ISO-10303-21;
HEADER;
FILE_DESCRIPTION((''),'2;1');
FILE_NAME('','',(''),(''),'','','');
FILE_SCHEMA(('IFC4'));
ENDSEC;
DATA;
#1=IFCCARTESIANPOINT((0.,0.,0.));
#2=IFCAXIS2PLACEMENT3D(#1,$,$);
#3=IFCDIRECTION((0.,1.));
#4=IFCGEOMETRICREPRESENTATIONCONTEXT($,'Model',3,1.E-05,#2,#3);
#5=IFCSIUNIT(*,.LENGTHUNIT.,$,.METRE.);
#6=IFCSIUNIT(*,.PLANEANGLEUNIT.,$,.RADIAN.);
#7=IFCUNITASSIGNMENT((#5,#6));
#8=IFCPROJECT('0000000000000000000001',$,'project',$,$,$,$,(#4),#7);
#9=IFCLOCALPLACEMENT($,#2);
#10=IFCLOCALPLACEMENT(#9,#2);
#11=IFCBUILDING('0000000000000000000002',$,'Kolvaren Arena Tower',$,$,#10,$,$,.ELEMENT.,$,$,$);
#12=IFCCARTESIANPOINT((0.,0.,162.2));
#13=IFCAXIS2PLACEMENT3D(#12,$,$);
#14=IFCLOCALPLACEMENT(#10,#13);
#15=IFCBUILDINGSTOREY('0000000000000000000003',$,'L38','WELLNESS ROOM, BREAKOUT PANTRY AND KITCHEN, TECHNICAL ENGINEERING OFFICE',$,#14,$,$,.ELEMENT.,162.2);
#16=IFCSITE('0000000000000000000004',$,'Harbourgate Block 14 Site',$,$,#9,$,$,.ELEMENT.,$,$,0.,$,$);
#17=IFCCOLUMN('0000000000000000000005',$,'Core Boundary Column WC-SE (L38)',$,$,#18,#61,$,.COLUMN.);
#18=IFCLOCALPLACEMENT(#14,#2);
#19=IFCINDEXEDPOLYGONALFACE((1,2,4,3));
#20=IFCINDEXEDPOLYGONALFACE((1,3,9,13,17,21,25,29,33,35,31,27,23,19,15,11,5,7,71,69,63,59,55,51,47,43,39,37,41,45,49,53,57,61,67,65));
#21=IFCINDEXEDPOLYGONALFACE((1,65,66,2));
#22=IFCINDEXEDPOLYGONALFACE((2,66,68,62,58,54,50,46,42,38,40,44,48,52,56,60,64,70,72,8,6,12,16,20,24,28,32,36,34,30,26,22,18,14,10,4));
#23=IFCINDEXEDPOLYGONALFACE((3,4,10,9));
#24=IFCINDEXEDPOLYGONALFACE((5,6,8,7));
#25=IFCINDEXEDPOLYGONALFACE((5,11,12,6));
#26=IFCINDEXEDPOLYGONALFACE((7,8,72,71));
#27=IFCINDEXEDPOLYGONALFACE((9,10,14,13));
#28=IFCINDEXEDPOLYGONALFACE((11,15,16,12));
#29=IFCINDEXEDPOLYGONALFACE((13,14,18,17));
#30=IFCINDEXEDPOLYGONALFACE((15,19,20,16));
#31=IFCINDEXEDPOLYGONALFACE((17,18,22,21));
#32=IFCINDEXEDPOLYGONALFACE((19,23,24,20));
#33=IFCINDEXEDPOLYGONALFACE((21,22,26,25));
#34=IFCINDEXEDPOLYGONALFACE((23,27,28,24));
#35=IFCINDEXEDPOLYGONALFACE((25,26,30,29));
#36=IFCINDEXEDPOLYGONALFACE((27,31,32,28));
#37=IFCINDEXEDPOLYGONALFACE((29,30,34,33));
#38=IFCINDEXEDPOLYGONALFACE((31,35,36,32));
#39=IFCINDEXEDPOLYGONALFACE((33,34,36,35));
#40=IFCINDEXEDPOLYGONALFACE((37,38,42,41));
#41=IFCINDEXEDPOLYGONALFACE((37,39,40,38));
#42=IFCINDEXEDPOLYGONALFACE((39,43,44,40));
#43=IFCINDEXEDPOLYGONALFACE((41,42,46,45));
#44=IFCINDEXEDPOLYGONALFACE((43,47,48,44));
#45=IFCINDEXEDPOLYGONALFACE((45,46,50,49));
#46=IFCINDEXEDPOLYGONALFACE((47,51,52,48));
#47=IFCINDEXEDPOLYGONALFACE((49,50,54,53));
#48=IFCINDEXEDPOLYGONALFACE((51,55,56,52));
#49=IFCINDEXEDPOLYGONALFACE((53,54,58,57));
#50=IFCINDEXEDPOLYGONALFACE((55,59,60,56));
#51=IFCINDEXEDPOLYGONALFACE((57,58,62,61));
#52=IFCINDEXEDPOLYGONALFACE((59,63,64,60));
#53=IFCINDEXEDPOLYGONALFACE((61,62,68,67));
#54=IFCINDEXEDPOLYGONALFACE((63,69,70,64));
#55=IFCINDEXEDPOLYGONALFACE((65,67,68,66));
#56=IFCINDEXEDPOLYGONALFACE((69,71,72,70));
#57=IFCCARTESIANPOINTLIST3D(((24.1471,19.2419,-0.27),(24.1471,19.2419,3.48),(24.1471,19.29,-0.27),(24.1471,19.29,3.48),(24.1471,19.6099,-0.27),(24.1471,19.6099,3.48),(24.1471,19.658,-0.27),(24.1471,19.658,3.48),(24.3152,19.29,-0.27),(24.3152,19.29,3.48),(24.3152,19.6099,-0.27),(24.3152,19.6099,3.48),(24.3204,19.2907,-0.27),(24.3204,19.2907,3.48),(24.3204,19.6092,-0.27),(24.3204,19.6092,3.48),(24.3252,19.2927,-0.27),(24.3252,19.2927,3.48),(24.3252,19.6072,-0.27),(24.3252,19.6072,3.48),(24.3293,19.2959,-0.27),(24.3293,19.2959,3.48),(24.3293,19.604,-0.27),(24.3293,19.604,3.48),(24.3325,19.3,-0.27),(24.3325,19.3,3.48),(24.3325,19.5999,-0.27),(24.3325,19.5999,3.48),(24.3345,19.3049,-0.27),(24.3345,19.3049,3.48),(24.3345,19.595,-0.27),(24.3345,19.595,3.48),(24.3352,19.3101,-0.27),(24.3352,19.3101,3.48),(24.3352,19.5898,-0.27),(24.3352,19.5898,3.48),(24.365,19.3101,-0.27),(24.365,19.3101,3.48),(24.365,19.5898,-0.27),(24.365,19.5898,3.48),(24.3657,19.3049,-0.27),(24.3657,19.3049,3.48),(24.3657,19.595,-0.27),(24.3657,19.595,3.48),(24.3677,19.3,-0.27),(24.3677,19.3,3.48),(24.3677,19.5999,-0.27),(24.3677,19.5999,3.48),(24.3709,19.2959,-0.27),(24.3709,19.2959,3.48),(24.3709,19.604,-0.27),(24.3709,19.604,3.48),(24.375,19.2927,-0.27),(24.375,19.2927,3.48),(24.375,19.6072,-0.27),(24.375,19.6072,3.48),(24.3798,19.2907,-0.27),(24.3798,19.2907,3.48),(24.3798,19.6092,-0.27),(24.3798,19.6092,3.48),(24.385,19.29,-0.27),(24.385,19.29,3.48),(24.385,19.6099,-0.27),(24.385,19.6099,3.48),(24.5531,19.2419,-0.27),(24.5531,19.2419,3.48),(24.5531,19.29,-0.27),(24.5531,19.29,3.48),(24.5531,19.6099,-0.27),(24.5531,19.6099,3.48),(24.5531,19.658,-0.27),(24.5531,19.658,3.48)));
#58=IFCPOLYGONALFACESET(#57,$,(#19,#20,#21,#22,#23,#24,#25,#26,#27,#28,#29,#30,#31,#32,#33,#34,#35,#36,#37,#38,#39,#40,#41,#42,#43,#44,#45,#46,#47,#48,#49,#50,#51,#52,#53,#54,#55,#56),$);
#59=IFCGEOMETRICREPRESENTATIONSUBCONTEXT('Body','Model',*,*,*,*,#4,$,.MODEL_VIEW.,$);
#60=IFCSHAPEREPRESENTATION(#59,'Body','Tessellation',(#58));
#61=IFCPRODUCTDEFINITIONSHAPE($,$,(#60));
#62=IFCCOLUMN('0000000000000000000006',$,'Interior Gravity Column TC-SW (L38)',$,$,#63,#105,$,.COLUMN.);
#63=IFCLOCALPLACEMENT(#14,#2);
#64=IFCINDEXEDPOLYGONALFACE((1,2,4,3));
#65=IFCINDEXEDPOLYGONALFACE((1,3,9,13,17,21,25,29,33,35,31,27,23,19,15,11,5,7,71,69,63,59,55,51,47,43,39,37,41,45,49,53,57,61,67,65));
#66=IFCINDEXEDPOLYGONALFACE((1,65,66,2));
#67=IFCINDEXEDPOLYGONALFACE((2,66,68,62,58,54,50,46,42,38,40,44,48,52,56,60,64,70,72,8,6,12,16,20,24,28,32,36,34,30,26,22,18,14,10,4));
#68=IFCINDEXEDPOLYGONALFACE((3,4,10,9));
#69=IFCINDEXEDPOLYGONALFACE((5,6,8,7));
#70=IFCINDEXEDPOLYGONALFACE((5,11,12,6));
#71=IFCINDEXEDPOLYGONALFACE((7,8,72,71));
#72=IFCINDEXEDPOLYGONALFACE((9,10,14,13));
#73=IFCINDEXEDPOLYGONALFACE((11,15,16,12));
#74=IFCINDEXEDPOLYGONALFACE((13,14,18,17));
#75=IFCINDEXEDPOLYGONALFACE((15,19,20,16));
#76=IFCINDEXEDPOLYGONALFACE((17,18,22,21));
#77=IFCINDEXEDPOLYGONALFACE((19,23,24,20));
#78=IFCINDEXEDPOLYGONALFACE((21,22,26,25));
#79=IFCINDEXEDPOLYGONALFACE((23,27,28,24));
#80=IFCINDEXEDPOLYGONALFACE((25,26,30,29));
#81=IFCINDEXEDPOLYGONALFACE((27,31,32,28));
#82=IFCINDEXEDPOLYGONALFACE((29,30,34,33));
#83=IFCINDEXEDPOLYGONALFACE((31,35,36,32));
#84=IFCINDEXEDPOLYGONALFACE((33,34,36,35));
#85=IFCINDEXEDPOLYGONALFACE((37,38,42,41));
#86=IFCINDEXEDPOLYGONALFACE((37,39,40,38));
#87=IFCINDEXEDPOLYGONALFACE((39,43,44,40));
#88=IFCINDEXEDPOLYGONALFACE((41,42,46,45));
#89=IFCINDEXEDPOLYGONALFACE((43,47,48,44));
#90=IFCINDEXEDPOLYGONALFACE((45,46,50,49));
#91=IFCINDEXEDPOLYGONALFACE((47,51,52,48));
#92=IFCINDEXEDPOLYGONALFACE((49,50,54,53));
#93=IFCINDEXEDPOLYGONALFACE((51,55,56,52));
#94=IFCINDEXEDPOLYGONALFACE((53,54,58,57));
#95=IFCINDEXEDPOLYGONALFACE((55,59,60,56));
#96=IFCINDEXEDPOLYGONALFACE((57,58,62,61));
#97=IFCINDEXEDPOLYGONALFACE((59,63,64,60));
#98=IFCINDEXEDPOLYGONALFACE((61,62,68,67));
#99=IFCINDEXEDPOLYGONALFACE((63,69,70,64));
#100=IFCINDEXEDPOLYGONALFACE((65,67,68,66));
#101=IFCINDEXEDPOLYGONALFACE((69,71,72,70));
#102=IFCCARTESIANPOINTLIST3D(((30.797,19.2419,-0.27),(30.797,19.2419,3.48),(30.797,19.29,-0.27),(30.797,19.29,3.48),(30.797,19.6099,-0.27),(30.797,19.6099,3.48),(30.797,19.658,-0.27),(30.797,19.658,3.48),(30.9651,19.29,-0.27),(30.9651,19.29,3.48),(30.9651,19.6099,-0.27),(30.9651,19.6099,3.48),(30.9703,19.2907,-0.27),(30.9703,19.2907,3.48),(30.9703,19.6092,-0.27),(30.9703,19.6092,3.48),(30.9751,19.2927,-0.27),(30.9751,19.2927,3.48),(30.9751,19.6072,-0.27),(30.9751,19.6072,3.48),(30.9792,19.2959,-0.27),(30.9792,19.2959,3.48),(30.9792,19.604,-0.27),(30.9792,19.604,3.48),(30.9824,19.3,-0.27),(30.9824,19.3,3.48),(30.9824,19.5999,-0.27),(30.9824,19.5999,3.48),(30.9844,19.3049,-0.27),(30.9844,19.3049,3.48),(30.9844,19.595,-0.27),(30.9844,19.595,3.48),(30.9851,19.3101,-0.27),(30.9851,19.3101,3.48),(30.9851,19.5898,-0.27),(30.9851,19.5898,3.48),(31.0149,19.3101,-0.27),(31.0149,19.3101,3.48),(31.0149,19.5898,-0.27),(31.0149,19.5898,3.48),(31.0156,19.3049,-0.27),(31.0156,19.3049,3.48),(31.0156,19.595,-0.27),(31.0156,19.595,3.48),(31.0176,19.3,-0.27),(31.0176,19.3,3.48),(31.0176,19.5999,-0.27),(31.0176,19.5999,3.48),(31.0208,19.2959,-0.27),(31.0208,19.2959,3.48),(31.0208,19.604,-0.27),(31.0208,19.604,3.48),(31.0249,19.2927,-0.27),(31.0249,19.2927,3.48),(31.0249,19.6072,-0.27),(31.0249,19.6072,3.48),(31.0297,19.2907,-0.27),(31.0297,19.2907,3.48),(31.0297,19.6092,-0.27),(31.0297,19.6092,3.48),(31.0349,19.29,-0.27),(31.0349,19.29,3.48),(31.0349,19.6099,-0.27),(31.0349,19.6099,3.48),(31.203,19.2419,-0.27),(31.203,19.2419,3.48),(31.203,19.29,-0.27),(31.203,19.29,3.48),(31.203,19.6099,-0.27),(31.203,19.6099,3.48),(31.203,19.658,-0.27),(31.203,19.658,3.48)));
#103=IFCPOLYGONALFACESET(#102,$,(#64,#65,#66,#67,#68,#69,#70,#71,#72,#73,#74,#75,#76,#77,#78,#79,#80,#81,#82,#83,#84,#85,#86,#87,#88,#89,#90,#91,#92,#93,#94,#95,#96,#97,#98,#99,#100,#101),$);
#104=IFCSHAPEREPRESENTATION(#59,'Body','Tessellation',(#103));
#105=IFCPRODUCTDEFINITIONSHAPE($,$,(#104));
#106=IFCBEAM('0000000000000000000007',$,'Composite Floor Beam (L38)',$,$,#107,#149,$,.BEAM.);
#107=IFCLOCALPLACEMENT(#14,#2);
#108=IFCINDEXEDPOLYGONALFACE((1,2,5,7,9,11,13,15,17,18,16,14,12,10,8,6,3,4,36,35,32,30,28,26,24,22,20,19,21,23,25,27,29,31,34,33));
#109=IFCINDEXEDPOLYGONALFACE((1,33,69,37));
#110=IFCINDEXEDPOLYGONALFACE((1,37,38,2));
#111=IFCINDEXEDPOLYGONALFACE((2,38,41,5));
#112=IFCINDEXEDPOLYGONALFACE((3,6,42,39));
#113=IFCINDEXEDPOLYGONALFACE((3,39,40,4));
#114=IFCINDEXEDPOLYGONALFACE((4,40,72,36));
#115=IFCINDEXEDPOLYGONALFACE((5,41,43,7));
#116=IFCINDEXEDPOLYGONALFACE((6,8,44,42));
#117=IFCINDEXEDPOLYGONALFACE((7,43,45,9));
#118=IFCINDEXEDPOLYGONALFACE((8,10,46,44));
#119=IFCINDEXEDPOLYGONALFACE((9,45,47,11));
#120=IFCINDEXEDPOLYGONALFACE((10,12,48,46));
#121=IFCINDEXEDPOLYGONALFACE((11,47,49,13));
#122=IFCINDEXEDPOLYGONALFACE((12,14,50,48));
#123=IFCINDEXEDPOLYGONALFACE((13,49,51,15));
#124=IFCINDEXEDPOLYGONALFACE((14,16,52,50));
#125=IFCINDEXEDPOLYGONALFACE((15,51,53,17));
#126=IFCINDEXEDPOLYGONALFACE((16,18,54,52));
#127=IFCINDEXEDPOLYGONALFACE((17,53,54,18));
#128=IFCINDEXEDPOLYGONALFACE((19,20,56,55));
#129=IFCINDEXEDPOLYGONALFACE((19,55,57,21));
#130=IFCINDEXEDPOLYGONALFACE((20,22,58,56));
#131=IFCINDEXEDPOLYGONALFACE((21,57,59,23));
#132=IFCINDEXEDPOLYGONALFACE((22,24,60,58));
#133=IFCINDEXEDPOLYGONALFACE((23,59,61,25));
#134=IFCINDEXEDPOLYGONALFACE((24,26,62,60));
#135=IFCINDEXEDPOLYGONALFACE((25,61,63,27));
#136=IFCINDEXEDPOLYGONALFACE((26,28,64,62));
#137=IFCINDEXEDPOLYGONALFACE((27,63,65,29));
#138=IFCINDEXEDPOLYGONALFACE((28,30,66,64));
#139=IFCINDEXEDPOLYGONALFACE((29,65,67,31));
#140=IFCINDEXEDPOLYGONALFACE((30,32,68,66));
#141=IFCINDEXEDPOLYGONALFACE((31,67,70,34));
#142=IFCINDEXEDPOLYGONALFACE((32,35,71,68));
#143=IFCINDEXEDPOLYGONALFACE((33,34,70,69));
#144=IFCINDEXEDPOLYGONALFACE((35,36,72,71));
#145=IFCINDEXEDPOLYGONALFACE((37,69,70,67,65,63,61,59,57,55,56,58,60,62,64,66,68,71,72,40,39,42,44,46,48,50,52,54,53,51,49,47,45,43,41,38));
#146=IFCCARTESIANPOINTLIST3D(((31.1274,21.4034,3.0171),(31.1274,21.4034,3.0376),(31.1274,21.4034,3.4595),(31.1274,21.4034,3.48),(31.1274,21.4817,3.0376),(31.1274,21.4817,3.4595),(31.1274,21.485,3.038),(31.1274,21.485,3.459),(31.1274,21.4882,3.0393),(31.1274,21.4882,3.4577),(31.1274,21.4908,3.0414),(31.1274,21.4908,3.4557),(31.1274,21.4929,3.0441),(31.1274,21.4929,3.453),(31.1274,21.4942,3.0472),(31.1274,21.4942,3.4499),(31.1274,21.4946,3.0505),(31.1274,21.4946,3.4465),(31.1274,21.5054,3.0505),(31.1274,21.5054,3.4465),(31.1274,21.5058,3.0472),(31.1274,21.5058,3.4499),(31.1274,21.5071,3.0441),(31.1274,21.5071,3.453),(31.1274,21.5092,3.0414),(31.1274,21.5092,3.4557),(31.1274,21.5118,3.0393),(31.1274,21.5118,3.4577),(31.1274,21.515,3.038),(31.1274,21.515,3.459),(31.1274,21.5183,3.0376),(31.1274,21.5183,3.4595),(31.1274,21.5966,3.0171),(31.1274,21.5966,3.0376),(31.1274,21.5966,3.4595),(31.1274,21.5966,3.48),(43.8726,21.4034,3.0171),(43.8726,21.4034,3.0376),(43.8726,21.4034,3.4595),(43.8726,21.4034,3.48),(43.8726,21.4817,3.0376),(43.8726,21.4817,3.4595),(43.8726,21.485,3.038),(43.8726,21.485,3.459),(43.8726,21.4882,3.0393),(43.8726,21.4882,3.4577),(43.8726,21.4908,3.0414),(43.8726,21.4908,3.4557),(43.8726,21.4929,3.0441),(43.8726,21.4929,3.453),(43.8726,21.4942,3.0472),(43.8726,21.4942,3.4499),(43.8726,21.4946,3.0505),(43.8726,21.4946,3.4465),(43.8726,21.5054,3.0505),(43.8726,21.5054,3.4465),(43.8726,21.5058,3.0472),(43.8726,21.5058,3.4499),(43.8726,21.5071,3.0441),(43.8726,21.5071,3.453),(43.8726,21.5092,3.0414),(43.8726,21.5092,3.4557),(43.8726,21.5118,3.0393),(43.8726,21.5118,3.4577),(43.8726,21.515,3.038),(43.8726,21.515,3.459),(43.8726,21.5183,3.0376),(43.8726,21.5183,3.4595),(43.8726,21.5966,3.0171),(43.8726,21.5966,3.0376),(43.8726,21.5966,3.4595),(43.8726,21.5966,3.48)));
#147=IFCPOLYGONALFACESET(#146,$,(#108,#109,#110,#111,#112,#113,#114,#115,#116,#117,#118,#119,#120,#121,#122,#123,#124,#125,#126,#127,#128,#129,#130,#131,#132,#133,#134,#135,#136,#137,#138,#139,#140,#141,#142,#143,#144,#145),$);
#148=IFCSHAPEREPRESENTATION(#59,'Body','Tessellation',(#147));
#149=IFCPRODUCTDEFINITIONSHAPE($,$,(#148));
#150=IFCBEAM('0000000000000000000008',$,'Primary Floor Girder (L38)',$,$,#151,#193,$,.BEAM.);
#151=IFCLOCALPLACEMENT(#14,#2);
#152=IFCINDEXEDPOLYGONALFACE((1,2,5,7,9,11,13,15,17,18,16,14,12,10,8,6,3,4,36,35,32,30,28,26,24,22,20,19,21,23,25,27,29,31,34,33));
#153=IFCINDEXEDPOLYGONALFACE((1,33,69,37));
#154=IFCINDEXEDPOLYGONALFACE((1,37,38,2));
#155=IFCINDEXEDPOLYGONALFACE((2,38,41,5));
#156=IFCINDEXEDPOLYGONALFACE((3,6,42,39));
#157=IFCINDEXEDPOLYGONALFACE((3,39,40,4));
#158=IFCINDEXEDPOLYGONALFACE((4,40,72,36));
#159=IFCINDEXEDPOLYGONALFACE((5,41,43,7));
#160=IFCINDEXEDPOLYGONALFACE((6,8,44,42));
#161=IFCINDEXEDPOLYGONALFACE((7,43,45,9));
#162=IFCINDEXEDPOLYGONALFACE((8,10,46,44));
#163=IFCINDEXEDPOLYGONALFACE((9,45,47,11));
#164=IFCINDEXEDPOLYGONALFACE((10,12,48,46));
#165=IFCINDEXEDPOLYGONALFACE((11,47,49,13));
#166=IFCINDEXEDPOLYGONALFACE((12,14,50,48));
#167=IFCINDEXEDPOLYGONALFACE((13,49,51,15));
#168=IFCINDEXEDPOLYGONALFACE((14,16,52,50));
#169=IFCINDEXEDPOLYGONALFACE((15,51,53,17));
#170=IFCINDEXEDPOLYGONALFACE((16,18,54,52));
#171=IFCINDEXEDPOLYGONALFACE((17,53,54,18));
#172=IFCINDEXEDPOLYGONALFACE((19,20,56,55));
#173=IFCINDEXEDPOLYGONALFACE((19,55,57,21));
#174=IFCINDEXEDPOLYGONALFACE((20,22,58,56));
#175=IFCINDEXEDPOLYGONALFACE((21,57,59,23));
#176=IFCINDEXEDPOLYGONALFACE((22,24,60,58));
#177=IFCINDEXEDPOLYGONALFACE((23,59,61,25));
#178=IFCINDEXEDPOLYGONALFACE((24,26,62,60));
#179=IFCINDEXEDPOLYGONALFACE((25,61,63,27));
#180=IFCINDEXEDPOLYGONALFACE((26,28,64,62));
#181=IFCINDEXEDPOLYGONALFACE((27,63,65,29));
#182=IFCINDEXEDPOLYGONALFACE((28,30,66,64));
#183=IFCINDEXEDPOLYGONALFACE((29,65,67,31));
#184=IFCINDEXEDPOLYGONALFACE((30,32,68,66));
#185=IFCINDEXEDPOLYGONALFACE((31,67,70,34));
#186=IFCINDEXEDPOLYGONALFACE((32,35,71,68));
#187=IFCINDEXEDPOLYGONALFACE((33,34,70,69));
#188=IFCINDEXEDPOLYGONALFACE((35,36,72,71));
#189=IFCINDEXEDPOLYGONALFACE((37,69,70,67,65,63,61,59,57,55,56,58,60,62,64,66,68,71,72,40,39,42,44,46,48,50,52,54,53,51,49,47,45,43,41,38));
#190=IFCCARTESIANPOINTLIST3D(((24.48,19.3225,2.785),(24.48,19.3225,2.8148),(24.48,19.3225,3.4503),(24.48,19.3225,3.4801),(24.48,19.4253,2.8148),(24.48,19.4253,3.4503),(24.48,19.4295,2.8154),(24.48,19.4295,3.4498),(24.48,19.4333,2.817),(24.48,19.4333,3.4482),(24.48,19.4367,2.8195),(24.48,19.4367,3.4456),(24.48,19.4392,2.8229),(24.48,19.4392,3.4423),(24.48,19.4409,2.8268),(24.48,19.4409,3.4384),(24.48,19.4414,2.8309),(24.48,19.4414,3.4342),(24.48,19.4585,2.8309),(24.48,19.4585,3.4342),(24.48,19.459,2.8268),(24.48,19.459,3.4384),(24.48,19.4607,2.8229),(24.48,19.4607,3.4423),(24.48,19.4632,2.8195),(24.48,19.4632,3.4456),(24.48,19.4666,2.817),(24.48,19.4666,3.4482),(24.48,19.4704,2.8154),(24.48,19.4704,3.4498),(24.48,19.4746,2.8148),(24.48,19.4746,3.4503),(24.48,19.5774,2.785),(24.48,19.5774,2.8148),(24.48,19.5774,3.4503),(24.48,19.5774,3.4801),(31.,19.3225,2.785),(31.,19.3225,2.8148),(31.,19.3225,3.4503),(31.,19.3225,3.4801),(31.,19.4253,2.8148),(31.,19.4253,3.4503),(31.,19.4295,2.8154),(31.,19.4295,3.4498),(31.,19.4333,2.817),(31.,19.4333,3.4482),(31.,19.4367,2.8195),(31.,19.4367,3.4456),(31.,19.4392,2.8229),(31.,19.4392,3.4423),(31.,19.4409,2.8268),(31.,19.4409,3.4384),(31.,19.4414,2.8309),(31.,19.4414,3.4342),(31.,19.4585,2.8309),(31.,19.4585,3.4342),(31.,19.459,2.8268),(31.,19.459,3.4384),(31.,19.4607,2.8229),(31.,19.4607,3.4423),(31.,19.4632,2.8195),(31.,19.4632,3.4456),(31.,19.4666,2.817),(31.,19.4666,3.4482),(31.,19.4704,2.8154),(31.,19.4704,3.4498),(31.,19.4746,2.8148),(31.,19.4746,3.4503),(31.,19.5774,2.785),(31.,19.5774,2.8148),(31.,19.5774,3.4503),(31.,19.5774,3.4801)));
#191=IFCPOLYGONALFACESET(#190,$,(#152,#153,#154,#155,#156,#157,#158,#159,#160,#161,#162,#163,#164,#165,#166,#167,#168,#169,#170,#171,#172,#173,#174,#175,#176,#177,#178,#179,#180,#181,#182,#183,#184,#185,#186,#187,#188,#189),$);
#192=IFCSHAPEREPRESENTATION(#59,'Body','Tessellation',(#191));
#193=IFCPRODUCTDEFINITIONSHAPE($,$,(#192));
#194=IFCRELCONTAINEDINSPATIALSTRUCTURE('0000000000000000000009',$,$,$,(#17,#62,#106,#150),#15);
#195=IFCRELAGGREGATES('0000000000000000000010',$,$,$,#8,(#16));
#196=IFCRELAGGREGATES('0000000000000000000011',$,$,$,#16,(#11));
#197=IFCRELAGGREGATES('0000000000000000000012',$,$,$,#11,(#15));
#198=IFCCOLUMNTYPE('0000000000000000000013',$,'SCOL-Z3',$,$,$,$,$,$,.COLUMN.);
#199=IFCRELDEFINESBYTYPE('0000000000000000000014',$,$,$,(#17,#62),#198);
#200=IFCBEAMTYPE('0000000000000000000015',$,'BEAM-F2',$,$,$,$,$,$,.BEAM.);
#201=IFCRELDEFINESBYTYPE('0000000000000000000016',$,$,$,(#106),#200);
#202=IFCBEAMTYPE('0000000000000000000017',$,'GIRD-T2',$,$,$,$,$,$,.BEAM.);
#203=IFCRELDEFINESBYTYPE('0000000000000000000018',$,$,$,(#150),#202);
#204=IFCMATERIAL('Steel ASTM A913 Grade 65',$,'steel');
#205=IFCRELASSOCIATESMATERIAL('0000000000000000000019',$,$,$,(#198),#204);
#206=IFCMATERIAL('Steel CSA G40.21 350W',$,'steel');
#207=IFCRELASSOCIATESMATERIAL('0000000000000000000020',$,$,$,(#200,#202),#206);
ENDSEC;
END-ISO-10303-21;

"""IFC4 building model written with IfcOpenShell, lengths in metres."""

from ifc_helpers import new_model, si_unit, direction, frame, origin, origin_2d, place, context, subcontext, project, spatial, i_section, extrude, material, material_profile, profile_set, type_object, element, save


model = new_model("IFC4")

# Units and contexts
model_context = context("Model", 3, precision=1e-05, world=origin(), true_north=direction((0.0, 1.0)))
body_context = subcontext(model_context, "Body", "Model", "MODEL_VIEW")
ifc_project = project(units=[si_unit("LENGTHUNIT", "METRE"), si_unit("PLANEANGLEUNIT", "RADIAN")], contexts=[model_context])

# Site, building, storey
site_placement = place(None, origin())
site = spatial("IfcSite", under=ifc_project, at=site_placement, Name="Harbourgate Block 14 Site", CompositionType="ELEMENT", RefElevation=0.0)
building_placement = place(site_placement, origin())
building = spatial("IfcBuilding", under=site, at=building_placement, Name="Kolvaren Arena Tower", CompositionType="ELEMENT")
storey_placement = place(building_placement, frame((0.0, 0.0, 162.2)))
storey = spatial("IfcBuildingStorey", under=building, at=storey_placement, Name="L38", Description="WELLNESS ROOM, BREAKOUT PANTRY AND KITCHEN, TECHNICAL ENGINEERING OFFICE", CompositionType="ELEMENT", Elevation=162.2)

# Columns
ifc_material_1 = material(Name="Steel ASTM A913 Grade 65", Category="steel")
ifc_material_profile_1 = material_profile(ifc_material_1, i_section(OverallWidth=0.406, OverallDepth=0.416, WebThickness=0.0298, FlangeThickness=0.0481, FilletRadius=0.02, at=origin_2d()), Name="W360x382")
ifc_profile_set_1 = profile_set([ifc_material_profile_1], Name="Steel ASTM A913 Grade 65")
column_type = type_object("IfcColumnType", Name="SCOL-Z3", PredefinedType="COLUMN", material=ifc_profile_set_1)
for number, where, z_axis, x_axis, name in (
    (1, (24.3501, 19.45, -0.27), (0.0, 0.0, 1.0), (1.0, 0.0, 0.0), "Core Boundary Column WC-SE (L38)"),
    (2, (31.0, 19.45, -0.27), (0.0, 0.0, 1.0), (1.0, 0.0, 0.0), "Interior Gravity Column TC-SW (L38)"),
):
    element("IfcColumn", number, at=place(storey_placement, frame(where, z_axis=z_axis, x_axis=x_axis)), inside=storey, type_object=column_type, Name=name, PredefinedType="COLUMN", context=body_context, shape_type="SweptSolid", body=[
        extrude(i_section(OverallWidth=0.406, OverallDepth=0.416, WebThickness=0.0298, FlangeThickness=0.0481, FilletRadius=0.02, at=origin_2d()), origin(), (0.0, 0.0, 1.0), 3.75),
    ])

# Beams
ifc_material_2 = material(Name="Steel CSA G40.21 350W", Category="steel")
ifc_material_profile_2 = material_profile(ifc_material_2, i_section(OverallWidth=0.1931, OverallDepth=0.4629, WebThickness=0.0107, FlangeThickness=0.0205, FilletRadius=0.0129, at=origin_2d()), Name="W460x113")
ifc_profile_set_2 = profile_set([ifc_material_profile_2], Name="Steel CSA G40.21 350W")
beam_type_1 = type_object("IfcBeamType", Name="BEAM-F2", PredefinedType="BEAM", material=ifc_profile_set_2)
beam_1_placement = place(storey_placement, frame((31.1274, 21.5, 3.2485), z_axis=(1.0, 0.0, 0.0), x_axis=(0.0, 1.0, 0.0)))
element("IfcBeam", 3, at=beam_1_placement, inside=storey, type_object=beam_type_1, Name="Composite Floor Beam (L38)", PredefinedType="BEAM", context=body_context, shape_type="SweptSolid", body=[
    extrude(i_section(OverallWidth=0.1931, OverallDepth=0.4629, WebThickness=0.0107, FlangeThickness=0.0205, FilletRadius=0.0129, at=origin_2d()), origin(), (0.0, 0.0, 1.0), 12.7451),
])
ifc_material_profile_3 = material_profile(ifc_material_2, i_section(OverallWidth=0.2549, OverallDepth=0.6951, WebThickness=0.0171, FlangeThickness=0.0298, FilletRadius=0.0161, at=origin_2d()), Name="W690x217")
ifc_profile_set_3 = profile_set([ifc_material_profile_3], Name="Steel CSA G40.21 350W")
beam_type_2 = type_object("IfcBeamType", Name="GIRD-T2", PredefinedType="BEAM", material=ifc_profile_set_3)
beam_2_placement = place(storey_placement, frame((24.48, 19.45, 3.1326), z_axis=(1.0, 0.0, 0.0), x_axis=(0.0, 1.0, 0.0)))
element("IfcBeam", 4, at=beam_2_placement, inside=storey, type_object=beam_type_2, Name="Primary Floor Girder (L38)", PredefinedType="BEAM", context=body_context, shape_type="SweptSolid", body=[
    extrude(i_section(OverallWidth=0.2549, OverallDepth=0.6951, WebThickness=0.0171, FlangeThickness=0.0298, FilletRadius=0.0161, at=origin_2d()), origin(), (0.0, 0.0, 1.0), 6.52),
])

save(model, "model.ifc")
